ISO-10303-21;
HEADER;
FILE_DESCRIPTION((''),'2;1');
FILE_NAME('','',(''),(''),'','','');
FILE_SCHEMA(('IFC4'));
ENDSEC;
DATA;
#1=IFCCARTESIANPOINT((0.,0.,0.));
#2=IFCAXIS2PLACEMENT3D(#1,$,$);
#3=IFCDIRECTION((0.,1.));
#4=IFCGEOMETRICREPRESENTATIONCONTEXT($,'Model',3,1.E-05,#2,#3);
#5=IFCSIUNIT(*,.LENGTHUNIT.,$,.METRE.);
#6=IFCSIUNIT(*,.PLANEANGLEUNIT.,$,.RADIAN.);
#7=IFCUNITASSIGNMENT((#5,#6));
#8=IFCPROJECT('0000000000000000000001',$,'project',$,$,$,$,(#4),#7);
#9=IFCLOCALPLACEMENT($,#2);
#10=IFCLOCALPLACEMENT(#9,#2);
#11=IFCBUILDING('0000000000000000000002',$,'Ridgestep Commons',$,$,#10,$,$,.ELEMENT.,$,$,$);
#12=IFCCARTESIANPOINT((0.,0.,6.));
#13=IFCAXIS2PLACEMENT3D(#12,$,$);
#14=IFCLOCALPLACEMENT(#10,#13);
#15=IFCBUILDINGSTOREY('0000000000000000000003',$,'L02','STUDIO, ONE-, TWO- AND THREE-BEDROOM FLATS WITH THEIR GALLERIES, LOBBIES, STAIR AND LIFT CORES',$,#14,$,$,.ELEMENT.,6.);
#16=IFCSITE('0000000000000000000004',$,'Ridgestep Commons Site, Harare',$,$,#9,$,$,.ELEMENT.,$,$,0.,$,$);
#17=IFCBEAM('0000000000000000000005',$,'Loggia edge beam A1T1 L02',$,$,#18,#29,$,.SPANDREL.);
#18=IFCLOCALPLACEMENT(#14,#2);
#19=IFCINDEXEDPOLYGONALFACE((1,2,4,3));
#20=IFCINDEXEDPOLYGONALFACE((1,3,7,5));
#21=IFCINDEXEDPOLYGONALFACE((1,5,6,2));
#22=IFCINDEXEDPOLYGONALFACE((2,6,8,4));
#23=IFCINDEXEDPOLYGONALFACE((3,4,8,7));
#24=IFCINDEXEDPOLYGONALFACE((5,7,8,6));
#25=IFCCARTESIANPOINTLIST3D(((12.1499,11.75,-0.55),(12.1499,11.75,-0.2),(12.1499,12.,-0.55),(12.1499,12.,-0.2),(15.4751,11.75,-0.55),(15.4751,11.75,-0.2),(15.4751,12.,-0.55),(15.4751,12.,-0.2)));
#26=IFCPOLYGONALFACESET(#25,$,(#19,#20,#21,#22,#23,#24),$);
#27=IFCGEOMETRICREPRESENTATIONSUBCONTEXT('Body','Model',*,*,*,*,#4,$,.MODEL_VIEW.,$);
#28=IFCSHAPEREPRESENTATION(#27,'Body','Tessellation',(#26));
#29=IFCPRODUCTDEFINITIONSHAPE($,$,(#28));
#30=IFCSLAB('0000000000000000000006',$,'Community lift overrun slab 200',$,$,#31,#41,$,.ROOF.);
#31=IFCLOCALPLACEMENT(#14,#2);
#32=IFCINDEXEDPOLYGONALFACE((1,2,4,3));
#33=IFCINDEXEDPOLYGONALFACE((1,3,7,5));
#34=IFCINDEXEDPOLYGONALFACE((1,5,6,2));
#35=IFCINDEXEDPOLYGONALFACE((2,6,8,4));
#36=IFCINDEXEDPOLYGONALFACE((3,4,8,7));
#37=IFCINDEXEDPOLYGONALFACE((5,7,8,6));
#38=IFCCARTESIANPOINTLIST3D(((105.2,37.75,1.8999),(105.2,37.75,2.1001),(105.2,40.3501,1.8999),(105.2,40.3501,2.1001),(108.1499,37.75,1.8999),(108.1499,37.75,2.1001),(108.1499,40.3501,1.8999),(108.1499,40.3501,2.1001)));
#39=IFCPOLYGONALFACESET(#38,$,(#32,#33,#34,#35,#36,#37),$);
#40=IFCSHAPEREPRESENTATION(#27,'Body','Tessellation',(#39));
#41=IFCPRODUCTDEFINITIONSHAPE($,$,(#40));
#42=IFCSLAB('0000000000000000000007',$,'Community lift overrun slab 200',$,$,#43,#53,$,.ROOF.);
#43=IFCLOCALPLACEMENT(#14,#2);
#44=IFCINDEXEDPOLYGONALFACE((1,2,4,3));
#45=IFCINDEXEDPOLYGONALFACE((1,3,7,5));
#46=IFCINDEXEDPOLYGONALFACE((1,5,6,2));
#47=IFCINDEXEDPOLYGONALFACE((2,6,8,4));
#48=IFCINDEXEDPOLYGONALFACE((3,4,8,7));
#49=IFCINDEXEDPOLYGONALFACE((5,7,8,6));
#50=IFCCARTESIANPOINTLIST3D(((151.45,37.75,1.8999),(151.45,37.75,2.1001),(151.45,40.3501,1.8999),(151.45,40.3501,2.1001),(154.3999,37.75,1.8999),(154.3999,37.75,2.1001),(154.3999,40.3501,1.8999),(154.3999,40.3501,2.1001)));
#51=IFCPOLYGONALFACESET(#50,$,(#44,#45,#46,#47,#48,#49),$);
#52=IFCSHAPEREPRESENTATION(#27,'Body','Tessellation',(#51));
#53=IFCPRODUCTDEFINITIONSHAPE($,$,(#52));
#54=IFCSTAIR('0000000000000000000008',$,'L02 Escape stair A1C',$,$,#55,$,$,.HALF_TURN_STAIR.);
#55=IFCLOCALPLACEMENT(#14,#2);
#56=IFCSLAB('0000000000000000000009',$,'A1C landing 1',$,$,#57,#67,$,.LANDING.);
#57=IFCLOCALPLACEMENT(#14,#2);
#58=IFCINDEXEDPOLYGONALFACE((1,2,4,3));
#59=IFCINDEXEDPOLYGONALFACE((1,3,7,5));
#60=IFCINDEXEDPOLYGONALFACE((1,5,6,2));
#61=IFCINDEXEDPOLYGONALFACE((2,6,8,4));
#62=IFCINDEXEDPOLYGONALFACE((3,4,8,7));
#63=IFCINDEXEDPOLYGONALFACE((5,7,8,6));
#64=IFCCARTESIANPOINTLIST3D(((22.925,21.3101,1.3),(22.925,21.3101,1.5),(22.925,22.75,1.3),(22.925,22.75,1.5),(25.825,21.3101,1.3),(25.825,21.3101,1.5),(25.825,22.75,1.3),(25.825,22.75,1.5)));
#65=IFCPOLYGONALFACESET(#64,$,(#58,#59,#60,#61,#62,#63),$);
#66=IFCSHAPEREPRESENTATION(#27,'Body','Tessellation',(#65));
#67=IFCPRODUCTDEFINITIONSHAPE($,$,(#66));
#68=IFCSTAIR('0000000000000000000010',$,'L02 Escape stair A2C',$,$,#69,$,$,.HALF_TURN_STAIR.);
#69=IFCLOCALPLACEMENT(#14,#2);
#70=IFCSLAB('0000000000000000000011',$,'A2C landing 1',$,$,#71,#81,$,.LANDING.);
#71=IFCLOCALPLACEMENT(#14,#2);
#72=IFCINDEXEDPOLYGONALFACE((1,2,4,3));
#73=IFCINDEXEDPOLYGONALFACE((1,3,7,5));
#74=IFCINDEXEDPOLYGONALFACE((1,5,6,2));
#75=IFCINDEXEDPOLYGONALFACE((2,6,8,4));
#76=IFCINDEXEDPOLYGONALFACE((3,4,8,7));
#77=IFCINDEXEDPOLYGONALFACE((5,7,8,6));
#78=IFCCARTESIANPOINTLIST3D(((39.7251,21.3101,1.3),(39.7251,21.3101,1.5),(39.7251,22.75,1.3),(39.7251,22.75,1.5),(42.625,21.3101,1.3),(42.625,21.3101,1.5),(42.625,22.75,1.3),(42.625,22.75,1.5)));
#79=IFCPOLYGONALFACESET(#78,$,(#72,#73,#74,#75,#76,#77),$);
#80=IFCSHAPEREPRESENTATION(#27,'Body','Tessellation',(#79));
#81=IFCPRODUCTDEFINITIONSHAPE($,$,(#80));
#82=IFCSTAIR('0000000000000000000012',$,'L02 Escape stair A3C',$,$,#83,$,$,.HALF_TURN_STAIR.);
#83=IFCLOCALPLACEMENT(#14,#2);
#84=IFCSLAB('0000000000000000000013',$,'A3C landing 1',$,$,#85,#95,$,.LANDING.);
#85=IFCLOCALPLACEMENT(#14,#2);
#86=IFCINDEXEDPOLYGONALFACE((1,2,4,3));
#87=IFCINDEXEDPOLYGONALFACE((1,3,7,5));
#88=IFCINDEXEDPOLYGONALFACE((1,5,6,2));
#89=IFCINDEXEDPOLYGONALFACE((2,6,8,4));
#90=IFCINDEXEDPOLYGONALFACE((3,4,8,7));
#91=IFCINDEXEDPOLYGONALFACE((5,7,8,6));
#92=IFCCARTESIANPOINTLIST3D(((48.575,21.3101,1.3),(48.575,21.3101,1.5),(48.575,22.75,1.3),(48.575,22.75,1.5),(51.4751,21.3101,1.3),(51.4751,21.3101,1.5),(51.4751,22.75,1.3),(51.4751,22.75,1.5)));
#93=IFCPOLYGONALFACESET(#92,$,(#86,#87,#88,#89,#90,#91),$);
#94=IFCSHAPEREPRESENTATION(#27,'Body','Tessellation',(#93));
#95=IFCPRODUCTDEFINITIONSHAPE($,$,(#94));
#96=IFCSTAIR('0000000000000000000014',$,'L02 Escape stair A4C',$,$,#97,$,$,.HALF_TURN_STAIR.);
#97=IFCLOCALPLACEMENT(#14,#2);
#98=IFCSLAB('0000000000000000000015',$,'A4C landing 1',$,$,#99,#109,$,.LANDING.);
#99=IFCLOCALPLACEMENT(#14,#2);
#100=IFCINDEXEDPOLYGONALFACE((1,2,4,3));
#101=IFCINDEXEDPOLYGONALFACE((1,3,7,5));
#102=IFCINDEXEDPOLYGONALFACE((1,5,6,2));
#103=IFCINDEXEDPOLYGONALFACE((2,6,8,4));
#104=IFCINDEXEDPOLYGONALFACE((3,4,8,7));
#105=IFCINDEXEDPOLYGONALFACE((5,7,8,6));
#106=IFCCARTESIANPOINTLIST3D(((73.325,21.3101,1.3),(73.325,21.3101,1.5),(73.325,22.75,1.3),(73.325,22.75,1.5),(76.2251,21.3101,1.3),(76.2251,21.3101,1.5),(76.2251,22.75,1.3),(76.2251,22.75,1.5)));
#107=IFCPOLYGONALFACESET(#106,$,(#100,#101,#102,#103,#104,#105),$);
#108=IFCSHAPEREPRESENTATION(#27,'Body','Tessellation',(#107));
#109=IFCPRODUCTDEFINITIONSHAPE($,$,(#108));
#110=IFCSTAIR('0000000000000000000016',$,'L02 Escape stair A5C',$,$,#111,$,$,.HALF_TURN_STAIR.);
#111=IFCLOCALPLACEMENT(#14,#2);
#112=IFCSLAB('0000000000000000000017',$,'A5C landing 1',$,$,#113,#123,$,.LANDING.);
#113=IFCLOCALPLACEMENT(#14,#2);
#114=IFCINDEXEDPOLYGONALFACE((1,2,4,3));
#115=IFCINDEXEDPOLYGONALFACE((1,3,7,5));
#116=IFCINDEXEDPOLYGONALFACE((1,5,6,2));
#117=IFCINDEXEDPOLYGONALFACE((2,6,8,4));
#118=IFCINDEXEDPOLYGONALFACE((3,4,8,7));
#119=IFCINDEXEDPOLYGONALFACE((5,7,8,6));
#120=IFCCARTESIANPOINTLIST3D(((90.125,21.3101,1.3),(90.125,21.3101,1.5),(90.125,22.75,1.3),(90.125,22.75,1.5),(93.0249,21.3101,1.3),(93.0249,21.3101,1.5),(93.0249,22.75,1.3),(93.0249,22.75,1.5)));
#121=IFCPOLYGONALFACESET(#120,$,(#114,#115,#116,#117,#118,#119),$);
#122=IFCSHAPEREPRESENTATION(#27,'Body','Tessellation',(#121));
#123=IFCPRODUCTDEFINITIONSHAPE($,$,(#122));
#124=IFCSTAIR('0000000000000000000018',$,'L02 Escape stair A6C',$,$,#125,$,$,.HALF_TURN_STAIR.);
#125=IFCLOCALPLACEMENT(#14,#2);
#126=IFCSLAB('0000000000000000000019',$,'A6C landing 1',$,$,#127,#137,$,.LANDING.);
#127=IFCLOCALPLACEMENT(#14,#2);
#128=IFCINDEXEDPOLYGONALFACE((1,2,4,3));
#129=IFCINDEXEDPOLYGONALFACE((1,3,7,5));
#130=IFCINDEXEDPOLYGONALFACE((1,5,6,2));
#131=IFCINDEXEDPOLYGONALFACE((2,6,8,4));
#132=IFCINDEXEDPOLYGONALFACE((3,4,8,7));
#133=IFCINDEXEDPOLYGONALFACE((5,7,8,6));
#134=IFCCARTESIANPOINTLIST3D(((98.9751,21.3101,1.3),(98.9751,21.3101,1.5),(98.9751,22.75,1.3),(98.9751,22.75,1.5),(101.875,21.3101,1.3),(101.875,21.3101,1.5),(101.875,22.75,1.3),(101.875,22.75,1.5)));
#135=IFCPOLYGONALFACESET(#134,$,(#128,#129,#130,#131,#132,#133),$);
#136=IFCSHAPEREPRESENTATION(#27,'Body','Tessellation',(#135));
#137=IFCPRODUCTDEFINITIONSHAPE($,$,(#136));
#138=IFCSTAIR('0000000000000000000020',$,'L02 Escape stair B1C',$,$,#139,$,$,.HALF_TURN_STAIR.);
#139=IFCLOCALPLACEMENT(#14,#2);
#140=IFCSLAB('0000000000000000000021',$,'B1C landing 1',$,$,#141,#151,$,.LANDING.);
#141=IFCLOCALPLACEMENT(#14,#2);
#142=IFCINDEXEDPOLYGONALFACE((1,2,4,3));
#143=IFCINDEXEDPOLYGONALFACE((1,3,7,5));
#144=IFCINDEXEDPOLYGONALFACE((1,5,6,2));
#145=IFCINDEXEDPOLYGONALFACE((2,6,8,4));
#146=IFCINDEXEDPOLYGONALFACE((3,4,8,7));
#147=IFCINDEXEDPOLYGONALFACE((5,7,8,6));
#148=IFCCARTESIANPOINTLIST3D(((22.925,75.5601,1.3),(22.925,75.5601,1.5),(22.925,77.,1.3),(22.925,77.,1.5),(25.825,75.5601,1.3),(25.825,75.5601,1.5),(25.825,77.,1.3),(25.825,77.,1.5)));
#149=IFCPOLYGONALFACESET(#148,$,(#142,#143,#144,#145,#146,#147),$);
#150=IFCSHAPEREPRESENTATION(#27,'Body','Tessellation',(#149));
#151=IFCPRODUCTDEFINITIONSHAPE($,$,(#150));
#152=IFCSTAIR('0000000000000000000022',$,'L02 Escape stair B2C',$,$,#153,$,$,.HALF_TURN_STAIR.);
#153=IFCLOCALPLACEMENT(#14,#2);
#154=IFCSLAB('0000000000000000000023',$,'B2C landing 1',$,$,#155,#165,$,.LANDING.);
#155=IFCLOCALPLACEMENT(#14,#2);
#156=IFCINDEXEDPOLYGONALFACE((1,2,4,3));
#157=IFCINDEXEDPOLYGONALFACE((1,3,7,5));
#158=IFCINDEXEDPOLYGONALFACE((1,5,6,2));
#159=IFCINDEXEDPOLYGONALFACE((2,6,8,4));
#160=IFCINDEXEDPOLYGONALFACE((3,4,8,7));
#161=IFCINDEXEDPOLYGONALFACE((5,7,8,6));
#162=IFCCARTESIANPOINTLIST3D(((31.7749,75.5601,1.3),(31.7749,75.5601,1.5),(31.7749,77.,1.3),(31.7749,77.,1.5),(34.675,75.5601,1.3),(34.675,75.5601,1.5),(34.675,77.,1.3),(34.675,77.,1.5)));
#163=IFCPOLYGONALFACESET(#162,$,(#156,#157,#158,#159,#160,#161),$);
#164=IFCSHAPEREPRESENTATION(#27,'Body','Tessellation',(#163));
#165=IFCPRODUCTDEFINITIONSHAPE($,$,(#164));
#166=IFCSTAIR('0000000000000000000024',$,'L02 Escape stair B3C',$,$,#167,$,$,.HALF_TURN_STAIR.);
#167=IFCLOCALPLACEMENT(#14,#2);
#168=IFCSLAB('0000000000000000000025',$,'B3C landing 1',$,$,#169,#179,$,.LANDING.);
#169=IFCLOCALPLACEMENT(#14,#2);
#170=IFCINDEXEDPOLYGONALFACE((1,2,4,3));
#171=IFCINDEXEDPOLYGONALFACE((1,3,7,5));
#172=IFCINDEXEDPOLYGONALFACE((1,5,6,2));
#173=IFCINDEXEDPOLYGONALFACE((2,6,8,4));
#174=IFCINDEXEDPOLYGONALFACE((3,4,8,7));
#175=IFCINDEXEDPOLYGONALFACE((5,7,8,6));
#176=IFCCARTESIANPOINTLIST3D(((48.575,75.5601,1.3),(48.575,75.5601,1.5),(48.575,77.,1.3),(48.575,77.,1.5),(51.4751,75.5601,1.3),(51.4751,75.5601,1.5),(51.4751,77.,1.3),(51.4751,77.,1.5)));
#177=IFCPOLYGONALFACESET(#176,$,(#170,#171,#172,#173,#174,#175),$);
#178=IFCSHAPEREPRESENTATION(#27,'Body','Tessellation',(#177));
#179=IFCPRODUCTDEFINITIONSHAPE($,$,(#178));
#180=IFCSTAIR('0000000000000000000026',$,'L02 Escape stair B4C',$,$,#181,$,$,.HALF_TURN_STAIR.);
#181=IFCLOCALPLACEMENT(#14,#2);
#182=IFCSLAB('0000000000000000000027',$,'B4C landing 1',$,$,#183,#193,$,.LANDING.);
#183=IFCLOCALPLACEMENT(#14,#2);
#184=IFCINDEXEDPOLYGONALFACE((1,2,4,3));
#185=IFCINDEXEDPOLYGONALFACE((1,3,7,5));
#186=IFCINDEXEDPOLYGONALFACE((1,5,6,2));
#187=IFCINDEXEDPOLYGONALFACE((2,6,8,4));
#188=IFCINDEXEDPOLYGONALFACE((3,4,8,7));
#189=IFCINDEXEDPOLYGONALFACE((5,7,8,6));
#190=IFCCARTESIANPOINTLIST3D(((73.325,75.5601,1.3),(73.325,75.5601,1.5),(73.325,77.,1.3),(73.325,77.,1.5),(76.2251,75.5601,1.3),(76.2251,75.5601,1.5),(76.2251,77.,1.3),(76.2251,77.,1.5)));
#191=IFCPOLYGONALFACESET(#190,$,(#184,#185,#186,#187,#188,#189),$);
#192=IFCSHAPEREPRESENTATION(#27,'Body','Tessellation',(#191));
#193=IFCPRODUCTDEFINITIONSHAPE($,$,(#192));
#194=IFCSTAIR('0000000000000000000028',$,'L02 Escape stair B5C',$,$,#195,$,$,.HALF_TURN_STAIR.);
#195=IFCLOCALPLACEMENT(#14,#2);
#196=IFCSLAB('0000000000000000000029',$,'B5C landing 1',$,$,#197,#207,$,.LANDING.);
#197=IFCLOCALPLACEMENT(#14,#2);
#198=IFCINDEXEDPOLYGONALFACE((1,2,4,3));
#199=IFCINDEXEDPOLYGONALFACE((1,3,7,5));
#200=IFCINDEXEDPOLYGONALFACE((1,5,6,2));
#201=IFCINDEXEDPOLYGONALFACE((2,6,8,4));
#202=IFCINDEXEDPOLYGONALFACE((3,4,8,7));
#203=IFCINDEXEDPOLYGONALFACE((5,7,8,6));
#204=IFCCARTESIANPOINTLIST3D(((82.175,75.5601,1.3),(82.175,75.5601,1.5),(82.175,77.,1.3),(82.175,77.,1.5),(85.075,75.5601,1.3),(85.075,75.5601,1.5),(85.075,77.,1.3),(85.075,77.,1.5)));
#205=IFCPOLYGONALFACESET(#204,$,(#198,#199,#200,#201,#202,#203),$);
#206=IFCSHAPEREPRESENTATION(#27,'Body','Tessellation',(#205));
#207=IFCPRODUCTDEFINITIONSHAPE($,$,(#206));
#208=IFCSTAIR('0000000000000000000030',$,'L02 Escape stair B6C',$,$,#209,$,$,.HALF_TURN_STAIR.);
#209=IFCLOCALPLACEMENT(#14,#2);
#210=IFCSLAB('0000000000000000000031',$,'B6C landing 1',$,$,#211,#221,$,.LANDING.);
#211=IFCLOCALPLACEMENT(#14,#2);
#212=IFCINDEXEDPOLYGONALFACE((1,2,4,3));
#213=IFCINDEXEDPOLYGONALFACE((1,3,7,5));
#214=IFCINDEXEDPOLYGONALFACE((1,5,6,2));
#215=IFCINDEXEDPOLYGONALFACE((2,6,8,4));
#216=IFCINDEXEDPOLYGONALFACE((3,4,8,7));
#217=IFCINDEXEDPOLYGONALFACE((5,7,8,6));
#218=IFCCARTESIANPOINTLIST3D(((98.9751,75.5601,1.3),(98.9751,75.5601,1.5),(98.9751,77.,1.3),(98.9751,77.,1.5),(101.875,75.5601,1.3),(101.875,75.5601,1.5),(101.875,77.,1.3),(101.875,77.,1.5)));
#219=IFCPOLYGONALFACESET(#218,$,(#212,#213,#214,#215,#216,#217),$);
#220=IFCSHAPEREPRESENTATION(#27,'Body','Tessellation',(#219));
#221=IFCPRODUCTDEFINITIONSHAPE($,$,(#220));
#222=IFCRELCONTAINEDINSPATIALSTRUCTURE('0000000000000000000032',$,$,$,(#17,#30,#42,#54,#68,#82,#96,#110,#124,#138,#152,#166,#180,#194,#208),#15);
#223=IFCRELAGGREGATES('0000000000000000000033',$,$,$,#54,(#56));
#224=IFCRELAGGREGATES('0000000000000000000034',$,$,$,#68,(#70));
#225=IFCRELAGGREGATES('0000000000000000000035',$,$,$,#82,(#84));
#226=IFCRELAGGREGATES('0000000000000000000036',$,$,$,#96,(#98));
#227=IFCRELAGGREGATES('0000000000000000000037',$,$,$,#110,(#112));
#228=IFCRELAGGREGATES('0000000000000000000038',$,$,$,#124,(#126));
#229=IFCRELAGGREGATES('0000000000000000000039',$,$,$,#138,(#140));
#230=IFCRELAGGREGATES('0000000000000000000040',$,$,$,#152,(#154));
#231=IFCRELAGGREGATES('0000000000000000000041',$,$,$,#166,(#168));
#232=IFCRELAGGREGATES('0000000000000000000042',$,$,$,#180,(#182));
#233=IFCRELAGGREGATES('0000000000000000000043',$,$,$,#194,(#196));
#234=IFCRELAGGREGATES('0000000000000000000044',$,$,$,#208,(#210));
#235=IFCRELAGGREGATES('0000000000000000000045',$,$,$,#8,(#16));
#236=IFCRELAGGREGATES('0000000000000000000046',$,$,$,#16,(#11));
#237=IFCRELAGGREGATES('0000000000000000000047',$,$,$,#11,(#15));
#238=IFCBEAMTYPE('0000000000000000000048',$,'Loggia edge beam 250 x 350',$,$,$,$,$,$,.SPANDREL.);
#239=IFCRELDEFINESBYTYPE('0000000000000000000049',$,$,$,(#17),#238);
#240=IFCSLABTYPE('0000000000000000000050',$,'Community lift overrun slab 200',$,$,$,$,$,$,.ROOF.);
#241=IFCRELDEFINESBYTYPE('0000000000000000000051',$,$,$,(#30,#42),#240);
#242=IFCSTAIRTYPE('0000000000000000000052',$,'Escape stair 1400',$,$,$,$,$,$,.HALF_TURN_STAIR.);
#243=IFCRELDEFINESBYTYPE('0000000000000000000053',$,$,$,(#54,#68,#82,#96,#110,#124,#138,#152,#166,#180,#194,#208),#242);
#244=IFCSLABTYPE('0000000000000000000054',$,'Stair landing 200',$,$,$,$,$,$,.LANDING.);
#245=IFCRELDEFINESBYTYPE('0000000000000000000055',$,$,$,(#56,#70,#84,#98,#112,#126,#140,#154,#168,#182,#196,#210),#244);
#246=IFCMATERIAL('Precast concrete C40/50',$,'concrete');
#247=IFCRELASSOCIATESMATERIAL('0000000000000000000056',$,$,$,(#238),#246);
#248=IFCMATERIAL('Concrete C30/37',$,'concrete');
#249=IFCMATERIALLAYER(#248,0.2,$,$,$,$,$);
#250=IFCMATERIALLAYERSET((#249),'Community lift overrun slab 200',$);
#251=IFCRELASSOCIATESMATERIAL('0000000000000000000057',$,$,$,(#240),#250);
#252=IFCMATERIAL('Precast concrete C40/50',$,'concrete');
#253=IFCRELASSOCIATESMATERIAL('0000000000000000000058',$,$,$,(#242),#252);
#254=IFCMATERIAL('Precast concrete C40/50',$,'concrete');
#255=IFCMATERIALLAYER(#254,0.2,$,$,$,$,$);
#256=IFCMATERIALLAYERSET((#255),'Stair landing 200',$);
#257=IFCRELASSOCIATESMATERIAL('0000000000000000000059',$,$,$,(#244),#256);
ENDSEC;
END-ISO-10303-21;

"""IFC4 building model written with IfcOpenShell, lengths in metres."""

from ifc_helpers import new_model, si_unit, direction, frame, origin, origin_2d, place, context, subcontext, project, spatial, polyline, rectangle, outline, extrude, material, layer, layer_set, material_profile, profile_set, type_object, element, aggregate, save


model = new_model("IFC4")

# Units and contexts
model_context = context("Model", 3, precision=1e-05, world=origin(), true_north=direction((0.0, 1.0)))
body_context = subcontext(model_context, "Body", "Model", "MODEL_VIEW")
ifc_project = project(units=[si_unit("LENGTHUNIT", "METRE"), si_unit("PLANEANGLEUNIT", "RADIAN")], contexts=[model_context])

# Site, building, storey
site_placement = place(None, origin())
site = spatial("IfcSite", under=ifc_project, at=site_placement, Name="Ridgestep Commons Site, Harare", CompositionType="ELEMENT", RefElevation=0.0)
building_placement = place(site_placement, origin())
building = spatial("IfcBuilding", under=site, at=building_placement, Name="Ridgestep Commons", CompositionType="ELEMENT")
storey_placement = place(building_placement, frame((0.0, 0.0, 6.0)))
storey = spatial("IfcBuildingStorey", under=building, at=storey_placement, Name="L02", Description="STUDIO, ONE-, TWO- AND THREE-BEDROOM FLATS WITH THEIR GALLERIES, LOBBIES, STAIR AND LIFT CORES", CompositionType="ELEMENT", Elevation=6.0)

# Beam
ifc_material_1 = material(Name="Precast concrete C40/50", Category="concrete")
ifc_material_profile = material_profile(ifc_material_1, rectangle(XDim=0.25, YDim=0.3501, at=origin_2d()), Name="PC 250x350")
ifc_profile_set = profile_set([ifc_material_profile], Name="Precast concrete C40/50")
beam_type = type_object("IfcBeamType", Name="Loggia edge beam 250 x 350", PredefinedType="SPANDREL", material=ifc_profile_set)
beam_placement = place(storey_placement, frame((12.1499, 11.875, -0.375), z_axis=(1.0, 0.0, 0.0), x_axis=(0.0, 1.0, 0.0)))
element("IfcBeam", 1, at=beam_placement, inside=storey, type_object=beam_type, Name="Loggia edge beam A1T1 L02", PredefinedType="SPANDREL", context=body_context, shape_type="SweptSolid", body=[
    extrude(rectangle(XDim=0.25, YDim=0.3501, at=origin_2d()), origin(), (0.0, 0.0, 1.0), 3.3252),
])

# Slabs
ifc_material_2 = material(Name="Concrete C30/37", Category="concrete")
ifc_layer_1 = layer(ifc_material_2, 0.2)
ifc_layer_set_1 = layer_set([ifc_layer_1], Name="Community lift overrun slab 200")
slab_type_1 = type_object("IfcSlabType", Name="Community lift overrun slab 200", PredefinedType="ROOF", material=ifc_layer_set_1)
slab_1_placement = place(storey_placement, frame((0.0, 0.0, 1.8999)))
element("IfcSlab", 2, at=slab_1_placement, inside=storey, type_object=slab_type_1, Name="Community lift overrun slab 200", PredefinedType="ROOF", context=body_context, shape_type="SweptSolid", body=[
    extrude(outline(polyline([(105.2, 37.75), (108.1499, 37.75), (108.1499, 40.3501), (105.2, 40.3501), (105.2, 37.75)])), origin(), (0.0, 0.0, 1.0), 0.2002),
])
slab_2_placement = place(storey_placement, frame((0.0, 0.0, 1.8999)))
element("IfcSlab", 3, at=slab_2_placement, inside=storey, type_object=slab_type_1, Name="Community lift overrun slab 200", PredefinedType="ROOF", context=body_context, shape_type="SweptSolid", body=[
    extrude(outline(polyline([(151.45, 37.75), (154.3999, 37.75), (154.3999, 40.3501), (151.45, 40.3501), (151.45, 37.75)])), origin(), (0.0, 0.0, 1.0), 0.2002),
])

# Stairs, slabs
ifc_material_3 = material(Name="Precast concrete C40/50", Category="concrete")
stair_type = type_object("IfcStairType", Name="Escape stair 1400", PredefinedType="HALF_TURN_STAIR", material=ifc_material_3)
stair_1_placement = place(storey_placement, origin())
stair_1 = element("IfcStair", 4, at=stair_1_placement, inside=storey, type_object=stair_type, Name="L02 Escape stair A1C", PredefinedType="HALF_TURN_STAIR")
ifc_material_4 = material(Name="Precast concrete C40/50", Category="concrete")
ifc_layer_2 = layer(ifc_material_4, 0.2)
ifc_layer_set_2 = layer_set([ifc_layer_2], Name="Stair landing 200")
slab_type_2 = type_object("IfcSlabType", Name="Stair landing 200", PredefinedType="LANDING", material=ifc_layer_set_2)
slab_3_placement = place(storey_placement, frame((0.0, 0.0, 1.3)))
slab_3 = element("IfcSlab", 5, at=slab_3_placement, type_object=slab_type_2, Name="A1C landing 1", PredefinedType="LANDING", context=body_context, shape_type="SweptSolid", body=[
    extrude(outline(polyline([(25.825, 21.3101), (25.825, 22.75), (22.925, 22.75), (22.925, 21.3101), (25.825, 21.3101)])), origin(), (0.0, 0.0, 1.0), 0.2),
])
aggregate(stair_1, [slab_3])
stair_2_placement = place(storey_placement, origin())
stair_2 = element("IfcStair", 6, at=stair_2_placement, inside=storey, type_object=stair_type, Name="L02 Escape stair A2C", PredefinedType="HALF_TURN_STAIR")
slab_4_placement = place(storey_placement, frame((0.0, 0.0, 1.3)))
slab_4 = element("IfcSlab", 7, at=slab_4_placement, type_object=slab_type_2, Name="A2C landing 1", PredefinedType="LANDING", context=body_context, shape_type="SweptSolid", body=[
    extrude(outline(polyline([(42.625, 21.3101), (42.625, 22.75), (39.7251, 22.75), (39.7251, 21.3101), (42.625, 21.3101)])), origin(), (0.0, 0.0, 1.0), 0.2),
])
aggregate(stair_2, [slab_4])
stair_3_placement = place(storey_placement, origin())
stair_3 = element("IfcStair", 8, at=stair_3_placement, inside=storey, type_object=stair_type, Name="L02 Escape stair A3C", PredefinedType="HALF_TURN_STAIR")
slab_5_placement = place(storey_placement, frame((0.0, 0.0, 1.3)))
slab_5 = element("IfcSlab", 9, at=slab_5_placement, type_object=slab_type_2, Name="A3C landing 1", PredefinedType="LANDING", context=body_context, shape_type="SweptSolid", body=[
    extrude(outline(polyline([(51.4751, 21.3101), (51.4751, 22.75), (48.575, 22.75), (48.575, 21.3101), (51.4751, 21.3101)])), origin(), (0.0, 0.0, 1.0), 0.2),
])
aggregate(stair_3, [slab_5])
stair_4_placement = place(storey_placement, origin())
stair_4 = element("IfcStair", 10, at=stair_4_placement, inside=storey, type_object=stair_type, Name="L02 Escape stair A4C", PredefinedType="HALF_TURN_STAIR")
slab_6_placement = place(storey_placement, frame((0.0, 0.0, 1.3)))
slab_6 = element("IfcSlab", 11, at=slab_6_placement, type_object=slab_type_2, Name="A4C landing 1", PredefinedType="LANDING", context=body_context, shape_type="SweptSolid", body=[
    extrude(outline(polyline([(76.2251, 21.3101), (76.2251, 22.75), (73.325, 22.75), (73.325, 21.3101), (76.2251, 21.3101)])), origin(), (0.0, 0.0, 1.0), 0.2),
])
aggregate(stair_4, [slab_6])
stair_5_placement = place(storey_placement, origin())
stair_5 = element("IfcStair", 12, at=stair_5_placement, inside=storey, type_object=stair_type, Name="L02 Escape stair A5C", PredefinedType="HALF_TURN_STAIR")
slab_7_placement = place(storey_placement, frame((0.0, 0.0, 1.3)))
slab_7 = element("IfcSlab", 13, at=slab_7_placement, type_object=slab_type_2, Name="A5C landing 1", PredefinedType="LANDING", context=body_context, shape_type="SweptSolid", body=[
    extrude(outline(polyline([(93.0249, 21.3101), (93.0249, 22.75), (90.125, 22.75), (90.125, 21.3101), (93.0249, 21.3101)])), origin(), (0.0, 0.0, 1.0), 0.2),
])
aggregate(stair_5, [slab_7])
stair_6_placement = place(storey_placement, origin())
stair_6 = element("IfcStair", 14, at=stair_6_placement, inside=storey, type_object=stair_type, Name="L02 Escape stair A6C", PredefinedType="HALF_TURN_STAIR")
slab_8_placement = place(storey_placement, frame((0.0, 0.0, 1.3)))
slab_8 = element("IfcSlab", 15, at=slab_8_placement, type_object=slab_type_2, Name="A6C landing 1", PredefinedType="LANDING", context=body_context, shape_type="SweptSolid", body=[
    extrude(outline(polyline([(101.875, 21.3101), (101.875, 22.75), (98.9751, 22.75), (98.9751, 21.3101), (101.875, 21.3101)])), origin(), (0.0, 0.0, 1.0), 0.2),
])
aggregate(stair_6, [slab_8])
stair_7_placement = place(storey_placement, origin())
stair_7 = element("IfcStair", 16, at=stair_7_placement, inside=storey, type_object=stair_type, Name="L02 Escape stair B1C", PredefinedType="HALF_TURN_STAIR")
slab_9_placement = place(storey_placement, frame((0.0, 0.0, 1.3)))
slab_9 = element("IfcSlab", 17, at=slab_9_placement, type_object=slab_type_2, Name="B1C landing 1", PredefinedType="LANDING", context=body_context, shape_type="SweptSolid", body=[
    extrude(outline(polyline([(25.825, 75.5601), (25.825, 77.0), (22.925, 77.0), (22.925, 75.5601), (25.825, 75.5601)])), origin(), (0.0, 0.0, 1.0), 0.2),
])
aggregate(stair_7, [slab_9])
stair_8_placement = place(storey_placement, origin())
stair_8 = element("IfcStair", 18, at=stair_8_placement, inside=storey, type_object=stair_type, Name="L02 Escape stair B2C", PredefinedType="HALF_TURN_STAIR")
slab_10_placement = place(storey_placement, frame((0.0, 0.0, 1.3)))
slab_10 = element("IfcSlab", 19, at=slab_10_placement, type_object=slab_type_2, Name="B2C landing 1", PredefinedType="LANDING", context=body_context, shape_type="SweptSolid", body=[
    extrude(outline(polyline([(34.675, 75.5601), (34.675, 77.0), (31.7749, 77.0), (31.7749, 75.5601), (34.675, 75.5601)])), origin(), (0.0, 0.0, 1.0), 0.2),
])
aggregate(stair_8, [slab_10])
stair_9_placement = place(storey_placement, origin())
stair_9 = element("IfcStair", 20, at=stair_9_placement, inside=storey, type_object=stair_type, Name="L02 Escape stair B3C", PredefinedType="HALF_TURN_STAIR")
slab_11_placement = place(storey_placement, frame((0.0, 0.0, 1.3)))
slab_11 = element("IfcSlab", 21, at=slab_11_placement, type_object=slab_type_2, Name="B3C landing 1", PredefinedType="LANDING", context=body_context, shape_type="SweptSolid", body=[
    extrude(outline(polyline([(51.4751, 75.5601), (51.4751, 77.0), (48.575, 77.0), (48.575, 75.5601), (51.4751, 75.5601)])), origin(), (0.0, 0.0, 1.0), 0.2),
])
aggregate(stair_9, [slab_11])
stair_10_placement = place(storey_placement, origin())
stair_10 = element("IfcStair", 22, at=stair_10_placement, inside=storey, type_object=stair_type, Name="L02 Escape stair B4C", PredefinedType="HALF_TURN_STAIR")
slab_12_placement = place(storey_placement, frame((0.0, 0.0, 1.3)))
slab_12 = element("IfcSlab", 23, at=slab_12_placement, type_object=slab_type_2, Name="B4C landing 1", PredefinedType="LANDING", context=body_context, shape_type="SweptSolid", body=[
    extrude(outline(polyline([(76.2251, 75.5601), (76.2251, 77.0), (73.325, 77.0), (73.325, 75.5601), (76.2251, 75.5601)])), origin(), (0.0, 0.0, 1.0), 0.2),
])
aggregate(stair_10, [slab_12])
stair_11_placement = place(storey_placement, origin())
stair_11 = element("IfcStair", 24, at=stair_11_placement, inside=storey, type_object=stair_type, Name="L02 Escape stair B5C", PredefinedType="HALF_TURN_STAIR")
slab_13_placement = place(storey_placement, frame((0.0, 0.0, 1.3)))
slab_13 = element("IfcSlab", 25, at=slab_13_placement, type_object=slab_type_2, Name="B5C landing 1", PredefinedType="LANDING", context=body_context, shape_type="SweptSolid", body=[
    extrude(outline(polyline([(85.075, 75.5601), (85.075, 77.0), (82.175, 77.0), (82.175, 75.5601), (85.075, 75.5601)])), origin(), (0.0, 0.0, 1.0), 0.2),
])
aggregate(stair_11, [slab_13])
stair_12_placement = place(storey_placement, origin())
stair_12 = element("IfcStair", 26, at=stair_12_placement, inside=storey, type_object=stair_type, Name="L02 Escape stair B6C", PredefinedType="HALF_TURN_STAIR")
slab_14_placement = place(storey_placement, frame((0.0, 0.0, 1.3)))
slab_14 = element("IfcSlab", 27, at=slab_14_placement, type_object=slab_type_2, Name="B6C landing 1", PredefinedType="LANDING", context=body_context, shape_type="SweptSolid", body=[
    extrude(outline(polyline([(101.875, 75.5601), (101.875, 77.0), (98.9751, 77.0), (98.9751, 75.5601), (101.875, 75.5601)])), origin(), (0.0, 0.0, 1.0), 0.2),
])
aggregate(stair_12, [slab_14])

save(model, "model.ifc")
